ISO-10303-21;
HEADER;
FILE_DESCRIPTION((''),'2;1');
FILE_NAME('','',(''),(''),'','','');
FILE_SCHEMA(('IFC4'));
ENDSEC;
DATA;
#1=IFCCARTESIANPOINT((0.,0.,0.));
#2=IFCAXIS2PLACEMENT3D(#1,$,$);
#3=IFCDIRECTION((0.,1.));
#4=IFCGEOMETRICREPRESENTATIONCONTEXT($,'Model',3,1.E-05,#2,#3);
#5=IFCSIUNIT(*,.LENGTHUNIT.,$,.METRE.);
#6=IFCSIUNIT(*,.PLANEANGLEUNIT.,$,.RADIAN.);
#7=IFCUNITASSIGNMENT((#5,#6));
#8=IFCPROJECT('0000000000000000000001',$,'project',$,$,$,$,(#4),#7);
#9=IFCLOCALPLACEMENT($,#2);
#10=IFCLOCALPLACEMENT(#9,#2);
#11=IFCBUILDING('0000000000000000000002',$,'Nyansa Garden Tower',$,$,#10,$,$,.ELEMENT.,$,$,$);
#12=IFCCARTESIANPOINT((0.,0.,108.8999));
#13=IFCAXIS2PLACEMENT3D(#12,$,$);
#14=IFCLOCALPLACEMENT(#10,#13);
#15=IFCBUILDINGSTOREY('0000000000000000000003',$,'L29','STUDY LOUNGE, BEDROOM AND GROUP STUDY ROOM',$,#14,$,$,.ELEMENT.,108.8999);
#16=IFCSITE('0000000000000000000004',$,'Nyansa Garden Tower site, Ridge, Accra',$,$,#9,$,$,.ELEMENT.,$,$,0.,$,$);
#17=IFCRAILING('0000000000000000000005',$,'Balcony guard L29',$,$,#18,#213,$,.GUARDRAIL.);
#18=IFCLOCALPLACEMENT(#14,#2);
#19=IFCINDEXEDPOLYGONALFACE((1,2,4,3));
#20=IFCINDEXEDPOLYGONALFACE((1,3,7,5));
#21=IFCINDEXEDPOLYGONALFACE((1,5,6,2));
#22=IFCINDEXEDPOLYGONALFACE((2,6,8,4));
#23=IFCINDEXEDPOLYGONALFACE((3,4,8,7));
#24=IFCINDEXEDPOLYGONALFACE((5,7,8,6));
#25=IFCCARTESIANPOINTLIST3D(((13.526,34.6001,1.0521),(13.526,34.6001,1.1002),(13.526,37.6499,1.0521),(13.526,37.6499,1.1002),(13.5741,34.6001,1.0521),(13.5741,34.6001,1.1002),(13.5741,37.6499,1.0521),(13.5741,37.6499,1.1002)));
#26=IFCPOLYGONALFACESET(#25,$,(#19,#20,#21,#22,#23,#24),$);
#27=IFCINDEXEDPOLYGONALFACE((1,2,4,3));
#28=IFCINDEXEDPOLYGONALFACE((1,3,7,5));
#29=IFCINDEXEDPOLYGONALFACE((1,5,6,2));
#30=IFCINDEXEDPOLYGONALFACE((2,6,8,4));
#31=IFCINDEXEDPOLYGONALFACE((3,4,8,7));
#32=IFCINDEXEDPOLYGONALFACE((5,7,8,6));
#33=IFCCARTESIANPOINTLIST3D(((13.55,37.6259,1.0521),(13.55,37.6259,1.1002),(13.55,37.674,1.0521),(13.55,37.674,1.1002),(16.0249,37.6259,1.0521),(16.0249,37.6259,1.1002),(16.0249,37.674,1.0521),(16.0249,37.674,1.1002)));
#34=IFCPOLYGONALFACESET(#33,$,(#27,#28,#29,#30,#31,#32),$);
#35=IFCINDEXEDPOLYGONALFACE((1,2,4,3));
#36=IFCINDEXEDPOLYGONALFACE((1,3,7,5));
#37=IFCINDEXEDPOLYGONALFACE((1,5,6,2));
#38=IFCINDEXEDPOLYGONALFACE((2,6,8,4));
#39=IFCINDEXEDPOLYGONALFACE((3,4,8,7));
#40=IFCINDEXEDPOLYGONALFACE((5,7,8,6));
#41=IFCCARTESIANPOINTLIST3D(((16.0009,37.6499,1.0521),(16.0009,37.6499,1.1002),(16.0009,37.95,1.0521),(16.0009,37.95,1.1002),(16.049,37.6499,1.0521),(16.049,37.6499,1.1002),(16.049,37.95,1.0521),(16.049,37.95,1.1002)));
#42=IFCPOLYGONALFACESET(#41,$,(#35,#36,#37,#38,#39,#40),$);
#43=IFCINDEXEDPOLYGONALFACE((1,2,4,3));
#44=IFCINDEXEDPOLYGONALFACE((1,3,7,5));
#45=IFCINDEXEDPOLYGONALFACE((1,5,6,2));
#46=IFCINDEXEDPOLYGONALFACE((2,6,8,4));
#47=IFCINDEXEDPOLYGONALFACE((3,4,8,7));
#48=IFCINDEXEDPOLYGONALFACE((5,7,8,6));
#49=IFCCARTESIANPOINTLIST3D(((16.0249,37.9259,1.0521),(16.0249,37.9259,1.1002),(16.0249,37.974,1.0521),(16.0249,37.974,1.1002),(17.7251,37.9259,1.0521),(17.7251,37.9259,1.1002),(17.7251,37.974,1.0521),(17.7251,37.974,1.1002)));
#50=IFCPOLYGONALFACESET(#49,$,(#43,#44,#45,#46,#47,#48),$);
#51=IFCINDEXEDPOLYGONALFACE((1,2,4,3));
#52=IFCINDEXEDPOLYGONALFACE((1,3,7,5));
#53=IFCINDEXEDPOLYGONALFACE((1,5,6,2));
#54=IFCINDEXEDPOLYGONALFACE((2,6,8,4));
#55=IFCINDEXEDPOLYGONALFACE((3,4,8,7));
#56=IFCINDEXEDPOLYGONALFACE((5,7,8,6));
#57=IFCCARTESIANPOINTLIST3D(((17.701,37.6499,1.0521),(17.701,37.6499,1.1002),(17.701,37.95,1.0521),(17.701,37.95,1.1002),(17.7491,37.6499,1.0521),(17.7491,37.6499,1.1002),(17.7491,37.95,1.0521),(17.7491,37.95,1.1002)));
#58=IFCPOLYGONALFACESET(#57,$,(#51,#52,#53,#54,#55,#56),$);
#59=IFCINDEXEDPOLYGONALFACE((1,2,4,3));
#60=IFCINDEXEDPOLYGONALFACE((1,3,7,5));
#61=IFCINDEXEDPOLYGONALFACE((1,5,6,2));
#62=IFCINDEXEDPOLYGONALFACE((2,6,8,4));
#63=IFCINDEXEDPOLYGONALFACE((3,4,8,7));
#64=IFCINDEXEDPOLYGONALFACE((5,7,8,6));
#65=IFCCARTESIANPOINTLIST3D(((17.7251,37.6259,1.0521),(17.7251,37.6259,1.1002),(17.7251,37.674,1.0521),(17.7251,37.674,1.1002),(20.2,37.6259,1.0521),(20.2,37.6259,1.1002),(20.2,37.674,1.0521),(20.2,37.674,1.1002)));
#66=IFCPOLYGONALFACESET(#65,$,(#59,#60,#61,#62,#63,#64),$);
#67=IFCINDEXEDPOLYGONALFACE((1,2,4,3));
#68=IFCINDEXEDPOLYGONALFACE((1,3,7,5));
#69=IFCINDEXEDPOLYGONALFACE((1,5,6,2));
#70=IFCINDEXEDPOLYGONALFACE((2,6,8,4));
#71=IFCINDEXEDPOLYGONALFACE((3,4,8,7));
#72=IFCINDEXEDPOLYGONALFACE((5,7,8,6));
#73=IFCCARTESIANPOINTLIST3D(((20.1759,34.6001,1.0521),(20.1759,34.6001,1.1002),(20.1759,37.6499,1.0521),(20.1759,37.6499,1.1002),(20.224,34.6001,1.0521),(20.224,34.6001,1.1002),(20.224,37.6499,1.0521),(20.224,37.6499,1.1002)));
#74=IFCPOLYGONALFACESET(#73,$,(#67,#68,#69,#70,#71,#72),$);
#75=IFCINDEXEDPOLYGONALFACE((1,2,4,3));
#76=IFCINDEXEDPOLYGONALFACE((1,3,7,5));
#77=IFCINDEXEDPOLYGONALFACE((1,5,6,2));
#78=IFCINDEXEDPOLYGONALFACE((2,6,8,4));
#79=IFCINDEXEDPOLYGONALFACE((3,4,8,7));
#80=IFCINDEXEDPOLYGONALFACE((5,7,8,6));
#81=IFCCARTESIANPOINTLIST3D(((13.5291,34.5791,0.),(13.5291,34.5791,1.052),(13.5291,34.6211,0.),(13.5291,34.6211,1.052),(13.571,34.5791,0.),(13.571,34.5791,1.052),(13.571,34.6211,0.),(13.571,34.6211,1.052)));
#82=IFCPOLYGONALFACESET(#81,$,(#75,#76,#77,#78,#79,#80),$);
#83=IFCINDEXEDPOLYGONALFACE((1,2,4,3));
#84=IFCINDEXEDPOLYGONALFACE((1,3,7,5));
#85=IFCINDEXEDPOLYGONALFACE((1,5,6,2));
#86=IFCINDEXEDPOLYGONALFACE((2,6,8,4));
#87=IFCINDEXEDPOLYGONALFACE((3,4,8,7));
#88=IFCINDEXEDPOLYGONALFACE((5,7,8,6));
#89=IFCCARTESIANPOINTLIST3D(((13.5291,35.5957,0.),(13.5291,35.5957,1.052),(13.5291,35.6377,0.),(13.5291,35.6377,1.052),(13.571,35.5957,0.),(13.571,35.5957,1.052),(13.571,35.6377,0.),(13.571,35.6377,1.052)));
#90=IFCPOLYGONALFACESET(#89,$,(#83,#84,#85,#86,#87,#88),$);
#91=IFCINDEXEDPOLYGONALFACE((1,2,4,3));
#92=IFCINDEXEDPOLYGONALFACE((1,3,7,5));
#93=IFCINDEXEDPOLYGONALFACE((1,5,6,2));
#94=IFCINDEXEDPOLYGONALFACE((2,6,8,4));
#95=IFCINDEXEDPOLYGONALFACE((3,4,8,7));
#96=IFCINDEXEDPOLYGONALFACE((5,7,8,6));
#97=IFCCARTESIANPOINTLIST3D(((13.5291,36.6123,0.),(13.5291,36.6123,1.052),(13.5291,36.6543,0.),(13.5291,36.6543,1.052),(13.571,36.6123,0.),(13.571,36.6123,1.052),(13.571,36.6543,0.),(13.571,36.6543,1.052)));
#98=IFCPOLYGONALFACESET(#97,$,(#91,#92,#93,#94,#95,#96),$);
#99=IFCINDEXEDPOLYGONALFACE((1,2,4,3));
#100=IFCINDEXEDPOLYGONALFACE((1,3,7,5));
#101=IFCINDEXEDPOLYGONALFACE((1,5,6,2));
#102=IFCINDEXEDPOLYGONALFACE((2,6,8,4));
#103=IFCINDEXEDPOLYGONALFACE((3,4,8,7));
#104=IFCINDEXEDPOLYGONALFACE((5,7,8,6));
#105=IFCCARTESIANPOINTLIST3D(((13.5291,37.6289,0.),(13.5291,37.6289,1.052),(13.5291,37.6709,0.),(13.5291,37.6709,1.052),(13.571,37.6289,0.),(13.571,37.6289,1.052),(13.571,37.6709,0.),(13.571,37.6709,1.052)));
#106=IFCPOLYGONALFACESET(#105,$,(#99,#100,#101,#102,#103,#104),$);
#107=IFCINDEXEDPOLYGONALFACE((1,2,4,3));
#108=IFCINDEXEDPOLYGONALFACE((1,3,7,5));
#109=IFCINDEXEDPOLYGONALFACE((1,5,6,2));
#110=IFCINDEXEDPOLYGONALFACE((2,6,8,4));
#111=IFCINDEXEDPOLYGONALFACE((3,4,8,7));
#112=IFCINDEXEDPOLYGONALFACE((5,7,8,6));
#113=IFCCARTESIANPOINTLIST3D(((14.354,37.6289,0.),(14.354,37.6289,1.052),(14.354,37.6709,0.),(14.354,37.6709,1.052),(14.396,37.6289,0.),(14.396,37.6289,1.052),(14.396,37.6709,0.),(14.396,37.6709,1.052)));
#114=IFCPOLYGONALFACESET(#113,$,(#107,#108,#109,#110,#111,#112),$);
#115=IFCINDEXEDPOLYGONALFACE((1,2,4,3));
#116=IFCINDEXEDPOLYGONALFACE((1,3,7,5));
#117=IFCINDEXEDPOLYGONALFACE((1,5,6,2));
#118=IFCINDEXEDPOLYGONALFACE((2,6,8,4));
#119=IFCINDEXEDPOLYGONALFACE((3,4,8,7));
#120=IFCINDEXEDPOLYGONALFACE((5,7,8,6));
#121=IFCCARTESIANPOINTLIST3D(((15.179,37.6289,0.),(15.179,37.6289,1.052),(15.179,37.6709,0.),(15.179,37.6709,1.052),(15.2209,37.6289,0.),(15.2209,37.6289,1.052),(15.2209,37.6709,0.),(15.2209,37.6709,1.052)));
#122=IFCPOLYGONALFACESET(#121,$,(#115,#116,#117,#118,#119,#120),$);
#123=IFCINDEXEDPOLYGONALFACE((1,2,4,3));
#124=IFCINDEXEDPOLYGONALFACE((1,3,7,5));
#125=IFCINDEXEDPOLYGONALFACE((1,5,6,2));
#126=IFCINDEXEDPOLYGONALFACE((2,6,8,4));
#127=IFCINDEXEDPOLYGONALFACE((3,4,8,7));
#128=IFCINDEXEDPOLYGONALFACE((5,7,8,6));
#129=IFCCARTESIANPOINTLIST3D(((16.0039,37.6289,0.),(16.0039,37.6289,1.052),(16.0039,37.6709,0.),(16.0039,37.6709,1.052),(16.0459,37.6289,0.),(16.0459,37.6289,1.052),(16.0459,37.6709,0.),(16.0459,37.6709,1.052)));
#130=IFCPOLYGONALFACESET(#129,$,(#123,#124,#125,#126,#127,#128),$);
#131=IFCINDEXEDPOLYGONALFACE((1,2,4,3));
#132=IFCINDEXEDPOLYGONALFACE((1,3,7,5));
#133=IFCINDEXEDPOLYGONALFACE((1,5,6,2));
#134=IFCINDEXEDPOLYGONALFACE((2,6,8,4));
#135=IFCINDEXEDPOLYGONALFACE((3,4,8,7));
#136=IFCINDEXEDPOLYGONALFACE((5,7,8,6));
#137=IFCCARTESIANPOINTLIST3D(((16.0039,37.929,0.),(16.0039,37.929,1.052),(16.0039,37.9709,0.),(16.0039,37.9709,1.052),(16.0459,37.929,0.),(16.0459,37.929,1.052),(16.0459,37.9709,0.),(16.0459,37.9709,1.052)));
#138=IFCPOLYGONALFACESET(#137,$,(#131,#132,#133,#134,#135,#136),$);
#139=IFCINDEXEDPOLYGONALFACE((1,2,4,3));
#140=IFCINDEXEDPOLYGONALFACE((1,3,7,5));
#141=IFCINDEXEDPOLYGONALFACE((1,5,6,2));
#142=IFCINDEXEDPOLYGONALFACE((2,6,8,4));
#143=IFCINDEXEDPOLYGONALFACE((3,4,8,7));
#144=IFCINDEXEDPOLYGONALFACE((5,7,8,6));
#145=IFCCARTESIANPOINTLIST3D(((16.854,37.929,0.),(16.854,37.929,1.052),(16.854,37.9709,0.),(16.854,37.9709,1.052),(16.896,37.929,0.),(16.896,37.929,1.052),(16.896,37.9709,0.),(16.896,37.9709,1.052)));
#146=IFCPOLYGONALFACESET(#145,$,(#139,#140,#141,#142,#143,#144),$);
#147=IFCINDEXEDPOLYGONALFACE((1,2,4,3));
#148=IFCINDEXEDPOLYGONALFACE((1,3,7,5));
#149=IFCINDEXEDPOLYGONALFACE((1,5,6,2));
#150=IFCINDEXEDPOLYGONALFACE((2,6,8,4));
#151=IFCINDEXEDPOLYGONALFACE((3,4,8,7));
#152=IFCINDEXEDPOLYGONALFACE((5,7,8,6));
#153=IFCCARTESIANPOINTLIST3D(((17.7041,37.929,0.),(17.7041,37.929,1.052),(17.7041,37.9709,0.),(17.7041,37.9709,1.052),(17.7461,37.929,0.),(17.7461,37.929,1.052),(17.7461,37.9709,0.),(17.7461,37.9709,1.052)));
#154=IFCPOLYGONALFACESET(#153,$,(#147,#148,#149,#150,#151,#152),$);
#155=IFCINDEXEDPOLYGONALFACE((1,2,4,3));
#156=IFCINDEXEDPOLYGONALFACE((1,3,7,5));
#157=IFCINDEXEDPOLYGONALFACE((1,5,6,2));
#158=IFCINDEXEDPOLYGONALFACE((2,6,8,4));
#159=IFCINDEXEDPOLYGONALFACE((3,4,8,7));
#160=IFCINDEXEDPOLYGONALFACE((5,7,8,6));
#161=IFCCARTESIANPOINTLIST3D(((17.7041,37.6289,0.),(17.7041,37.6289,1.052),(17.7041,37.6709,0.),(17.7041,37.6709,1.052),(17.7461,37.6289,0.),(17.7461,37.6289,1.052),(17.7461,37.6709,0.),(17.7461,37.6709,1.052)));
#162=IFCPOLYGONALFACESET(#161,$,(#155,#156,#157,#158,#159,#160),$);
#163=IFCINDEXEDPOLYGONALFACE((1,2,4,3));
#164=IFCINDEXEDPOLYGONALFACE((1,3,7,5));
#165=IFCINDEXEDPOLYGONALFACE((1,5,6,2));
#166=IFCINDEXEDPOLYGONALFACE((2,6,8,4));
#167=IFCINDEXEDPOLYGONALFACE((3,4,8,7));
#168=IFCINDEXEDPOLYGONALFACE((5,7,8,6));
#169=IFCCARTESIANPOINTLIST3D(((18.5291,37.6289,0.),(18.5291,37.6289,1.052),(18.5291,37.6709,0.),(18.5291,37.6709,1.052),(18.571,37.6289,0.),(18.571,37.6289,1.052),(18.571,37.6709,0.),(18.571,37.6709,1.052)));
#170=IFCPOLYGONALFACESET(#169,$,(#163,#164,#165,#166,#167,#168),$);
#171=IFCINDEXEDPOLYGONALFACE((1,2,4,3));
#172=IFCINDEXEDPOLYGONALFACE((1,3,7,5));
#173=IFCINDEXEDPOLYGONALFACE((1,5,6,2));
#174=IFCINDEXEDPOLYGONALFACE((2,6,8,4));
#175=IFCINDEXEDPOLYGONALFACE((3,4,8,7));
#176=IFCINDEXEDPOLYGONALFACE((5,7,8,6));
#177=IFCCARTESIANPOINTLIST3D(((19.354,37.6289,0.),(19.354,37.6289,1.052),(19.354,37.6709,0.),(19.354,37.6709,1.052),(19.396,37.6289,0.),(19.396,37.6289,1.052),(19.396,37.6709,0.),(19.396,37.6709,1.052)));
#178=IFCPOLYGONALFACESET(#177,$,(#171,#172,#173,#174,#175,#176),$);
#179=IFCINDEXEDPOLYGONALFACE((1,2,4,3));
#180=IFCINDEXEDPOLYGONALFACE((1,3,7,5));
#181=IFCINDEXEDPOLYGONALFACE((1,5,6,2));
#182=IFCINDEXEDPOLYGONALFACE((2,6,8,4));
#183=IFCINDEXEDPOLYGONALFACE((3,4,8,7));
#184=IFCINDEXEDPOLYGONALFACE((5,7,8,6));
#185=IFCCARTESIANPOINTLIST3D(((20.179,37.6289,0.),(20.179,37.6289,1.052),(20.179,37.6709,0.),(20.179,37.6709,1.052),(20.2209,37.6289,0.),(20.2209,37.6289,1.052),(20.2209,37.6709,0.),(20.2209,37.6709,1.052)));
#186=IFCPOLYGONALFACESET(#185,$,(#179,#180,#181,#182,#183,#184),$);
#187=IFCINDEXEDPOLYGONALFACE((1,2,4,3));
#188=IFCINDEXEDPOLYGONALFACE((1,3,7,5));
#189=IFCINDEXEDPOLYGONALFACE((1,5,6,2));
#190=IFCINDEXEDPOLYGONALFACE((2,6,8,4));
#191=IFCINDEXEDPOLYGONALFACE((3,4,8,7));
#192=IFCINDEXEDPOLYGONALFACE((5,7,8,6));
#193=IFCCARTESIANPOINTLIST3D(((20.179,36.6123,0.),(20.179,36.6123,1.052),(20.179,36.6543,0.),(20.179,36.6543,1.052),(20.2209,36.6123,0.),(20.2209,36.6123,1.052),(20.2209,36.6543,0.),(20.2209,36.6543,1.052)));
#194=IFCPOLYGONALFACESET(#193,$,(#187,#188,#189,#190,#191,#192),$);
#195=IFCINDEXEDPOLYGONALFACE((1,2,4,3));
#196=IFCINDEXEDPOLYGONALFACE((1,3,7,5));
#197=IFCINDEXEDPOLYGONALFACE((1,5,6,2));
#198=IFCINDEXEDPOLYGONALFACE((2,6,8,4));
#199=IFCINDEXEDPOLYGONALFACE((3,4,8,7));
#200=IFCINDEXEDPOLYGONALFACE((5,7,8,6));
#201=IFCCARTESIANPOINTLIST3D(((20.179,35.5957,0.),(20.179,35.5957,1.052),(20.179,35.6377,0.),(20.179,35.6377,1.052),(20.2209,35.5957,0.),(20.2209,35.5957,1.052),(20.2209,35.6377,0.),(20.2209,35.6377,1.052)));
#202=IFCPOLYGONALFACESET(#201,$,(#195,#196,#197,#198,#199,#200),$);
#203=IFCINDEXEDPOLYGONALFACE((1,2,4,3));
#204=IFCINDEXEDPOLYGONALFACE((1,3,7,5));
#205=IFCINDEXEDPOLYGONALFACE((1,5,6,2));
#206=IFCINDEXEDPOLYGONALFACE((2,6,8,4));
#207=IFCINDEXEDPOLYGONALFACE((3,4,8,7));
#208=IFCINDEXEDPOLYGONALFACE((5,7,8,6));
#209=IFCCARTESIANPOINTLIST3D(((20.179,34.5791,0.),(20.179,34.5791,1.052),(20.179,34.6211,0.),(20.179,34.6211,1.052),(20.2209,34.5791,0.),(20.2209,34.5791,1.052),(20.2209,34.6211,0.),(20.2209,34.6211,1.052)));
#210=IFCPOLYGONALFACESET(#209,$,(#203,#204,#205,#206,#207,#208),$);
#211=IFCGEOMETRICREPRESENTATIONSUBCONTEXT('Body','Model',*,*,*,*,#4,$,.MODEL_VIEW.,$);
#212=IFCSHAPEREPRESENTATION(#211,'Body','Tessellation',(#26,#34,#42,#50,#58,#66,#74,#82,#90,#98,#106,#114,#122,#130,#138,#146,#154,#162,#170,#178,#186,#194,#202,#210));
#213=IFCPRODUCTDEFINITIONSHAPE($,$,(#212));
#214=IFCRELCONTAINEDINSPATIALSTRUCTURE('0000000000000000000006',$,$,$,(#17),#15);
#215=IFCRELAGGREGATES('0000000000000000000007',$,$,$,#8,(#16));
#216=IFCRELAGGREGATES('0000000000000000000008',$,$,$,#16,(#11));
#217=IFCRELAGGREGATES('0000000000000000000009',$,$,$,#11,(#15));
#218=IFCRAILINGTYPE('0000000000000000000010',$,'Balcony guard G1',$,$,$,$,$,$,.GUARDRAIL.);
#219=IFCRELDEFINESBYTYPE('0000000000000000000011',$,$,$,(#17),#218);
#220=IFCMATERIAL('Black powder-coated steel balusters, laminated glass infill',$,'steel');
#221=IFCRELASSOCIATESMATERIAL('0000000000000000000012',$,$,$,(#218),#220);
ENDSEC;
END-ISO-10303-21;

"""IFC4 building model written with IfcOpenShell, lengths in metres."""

from ifc_helpers import new_model, si_unit, direction, frame, origin, origin_2d, place, context, subcontext, project, spatial, rectangle, extrude, material, type_object, element, save


model = new_model("IFC4")

# Units and contexts
model_context = context("Model", 3, precision=1e-05, world=origin(), true_north=direction((0.0, 1.0)))
body_context = subcontext(model_context, "Body", "Model", "MODEL_VIEW")
ifc_project = project(units=[si_unit("LENGTHUNIT", "METRE"), si_unit("PLANEANGLEUNIT", "RADIAN")], contexts=[model_context])

# Site, building, storey
site_placement = place(None, origin())
site = spatial("IfcSite", under=ifc_project, at=site_placement, Name="Nyansa Garden Tower site, Ridge, Accra", CompositionType="ELEMENT", RefElevation=0.0)
building_placement = place(site_placement, origin())
building = spatial("IfcBuilding", under=site, at=building_placement, Name="Nyansa Garden Tower", CompositionType="ELEMENT")
storey_placement = place(building_placement, frame((0.0, 0.0, 108.8999)))
storey = spatial("IfcBuildingStorey", under=building, at=storey_placement, Name="L29", Description="STUDY LOUNGE, BEDROOM AND GROUP STUDY ROOM", CompositionType="ELEMENT", Elevation=108.8999)

# Railing
ifc_material_1 = material(Name="Black powder-coated steel balusters, laminated glass infill", Category="steel")
railing_type = type_object("IfcRailingType", Name="Balcony guard G1", PredefinedType="GUARDRAIL", material=ifc_material_1)
railing_placement = place(storey_placement, frame((13.55, 34.6001, 0.0)))
element("IfcRailing", 1, at=railing_placement, inside=storey, type_object=railing_type, Name="Balcony guard L29", PredefinedType="GUARDRAIL", context=body_context, shape_type="SweptSolid", body=[
    extrude(rectangle(XDim=0.0481, YDim=0.0481, at=origin_2d()), frame((0.0, 0.0, 1.0762), z_axis=(0.0, 1.0, 0.0), x_axis=(-1.0, 0.0, 0.0)), (0.0, 0.0, 1.0), 3.0498),
    extrude(rectangle(XDim=0.0481, YDim=0.0481, at=origin_2d()), frame((0.0, 3.0498, 1.0762), z_axis=(1.0, 0.0, 0.0), x_axis=(0.0, 1.0, 0.0)), (0.0, 0.0, 1.0), 2.4749),
    extrude(rectangle(XDim=0.0481, YDim=0.0481, at=origin_2d()), frame((2.4749, 3.0498, 1.0762), z_axis=(0.0, 1.0, 0.0), x_axis=(-1.0, 0.0, 0.0)), (0.0, 0.0, 1.0), 0.3),
    extrude(rectangle(XDim=0.0481, YDim=0.0481, at=origin_2d()), frame((2.4749, 3.3499, 1.0762), z_axis=(1.0, 0.0, 0.0), x_axis=(0.0, 1.0, 0.0)), (0.0, 0.0, 1.0), 1.7002),
    extrude(rectangle(XDim=0.0481, YDim=0.0481, at=origin_2d()), frame((4.175, 3.3499, 1.0762), z_axis=(0.0, -1.0, 0.0), x_axis=(1.0, 0.0, 0.0)), (0.0, 0.0, 1.0), 0.3),
    extrude(rectangle(XDim=0.0481, YDim=0.0481, at=origin_2d()), frame((4.175, 3.0498, 1.0762), z_axis=(1.0, 0.0, 0.0), x_axis=(0.0, 1.0, 0.0)), (0.0, 0.0, 1.0), 2.4749),
    extrude(rectangle(XDim=0.0481, YDim=0.0481, at=origin_2d()), frame((6.6499, 3.0498, 1.0762), z_axis=(0.0, -1.0, 0.0), x_axis=(1.0, 0.0, 0.0)), (0.0, 0.0, 1.0), 3.0498),
    extrude(rectangle(XDim=0.042, YDim=0.042, at=origin_2d()), origin(), (0.0, 0.0, 1.0), 1.052),
    extrude(rectangle(XDim=0.042, YDim=0.042, at=origin_2d()), frame((0.0, 1.0166, 0.0)), (0.0, 0.0, 1.0), 1.052),
    extrude(rectangle(XDim=0.042, YDim=0.042, at=origin_2d()), frame((0.0, 2.0332, 0.0)), (0.0, 0.0, 1.0), 1.052),
    extrude(rectangle(XDim=0.042, YDim=0.042, at=origin_2d()), frame((0.0, 3.0498, 0.0)), (0.0, 0.0, 1.0), 1.052),
    extrude(rectangle(XDim=0.042, YDim=0.042, at=origin_2d()), frame((0.825, 3.0498, 0.0)), (0.0, 0.0, 1.0), 1.052),
    extrude(rectangle(XDim=0.042, YDim=0.042, at=origin_2d()), frame((1.6499, 3.0498, 0.0)), (0.0, 0.0, 1.0), 1.052),
    extrude(rectangle(XDim=0.042, YDim=0.042, at=origin_2d()), frame((2.4749, 3.0498, 0.0)), (0.0, 0.0, 1.0), 1.052),
    extrude(rectangle(XDim=0.042, YDim=0.042, at=origin_2d()), frame((2.4749, 3.3499, 0.0)), (0.0, 0.0, 1.0), 1.052),
    extrude(rectangle(XDim=0.042, YDim=0.042, at=origin_2d()), frame((3.325, 3.3499, 0.0)), (0.0, 0.0, 1.0), 1.052),
    extrude(rectangle(XDim=0.042, YDim=0.042, at=origin_2d()), frame((4.175, 3.3499, 0.0)), (0.0, 0.0, 1.0), 1.052),
    extrude(rectangle(XDim=0.042, YDim=0.042, at=origin_2d()), frame((4.175, 3.0498, 0.0)), (0.0, 0.0, 1.0), 1.052),
    extrude(rectangle(XDim=0.042, YDim=0.042, at=origin_2d()), frame((5.0, 3.0498, 0.0)), (0.0, 0.0, 1.0), 1.052),
    extrude(rectangle(XDim=0.042, YDim=0.042, at=origin_2d()), frame((5.825, 3.0498, 0.0)), (0.0, 0.0, 1.0), 1.052),
    extrude(rectangle(XDim=0.042, YDim=0.042, at=origin_2d()), frame((6.6499, 3.0498, 0.0)), (0.0, 0.0, 1.0), 1.052),
    extrude(rectangle(XDim=0.042, YDim=0.042, at=origin_2d()), frame((6.6499, 2.0332, 0.0)), (0.0, 0.0, 1.0), 1.052),
    extrude(rectangle(XDim=0.042, YDim=0.042, at=origin_2d()), frame((6.6499, 1.0166, 0.0)), (0.0, 0.0, 1.0), 1.052),
    extrude(rectangle(XDim=0.042, YDim=0.042, at=origin_2d()), frame((6.6499, 0.0, 0.0)), (0.0, 0.0, 1.0), 1.052),
])

save(model, "model.ifc")
